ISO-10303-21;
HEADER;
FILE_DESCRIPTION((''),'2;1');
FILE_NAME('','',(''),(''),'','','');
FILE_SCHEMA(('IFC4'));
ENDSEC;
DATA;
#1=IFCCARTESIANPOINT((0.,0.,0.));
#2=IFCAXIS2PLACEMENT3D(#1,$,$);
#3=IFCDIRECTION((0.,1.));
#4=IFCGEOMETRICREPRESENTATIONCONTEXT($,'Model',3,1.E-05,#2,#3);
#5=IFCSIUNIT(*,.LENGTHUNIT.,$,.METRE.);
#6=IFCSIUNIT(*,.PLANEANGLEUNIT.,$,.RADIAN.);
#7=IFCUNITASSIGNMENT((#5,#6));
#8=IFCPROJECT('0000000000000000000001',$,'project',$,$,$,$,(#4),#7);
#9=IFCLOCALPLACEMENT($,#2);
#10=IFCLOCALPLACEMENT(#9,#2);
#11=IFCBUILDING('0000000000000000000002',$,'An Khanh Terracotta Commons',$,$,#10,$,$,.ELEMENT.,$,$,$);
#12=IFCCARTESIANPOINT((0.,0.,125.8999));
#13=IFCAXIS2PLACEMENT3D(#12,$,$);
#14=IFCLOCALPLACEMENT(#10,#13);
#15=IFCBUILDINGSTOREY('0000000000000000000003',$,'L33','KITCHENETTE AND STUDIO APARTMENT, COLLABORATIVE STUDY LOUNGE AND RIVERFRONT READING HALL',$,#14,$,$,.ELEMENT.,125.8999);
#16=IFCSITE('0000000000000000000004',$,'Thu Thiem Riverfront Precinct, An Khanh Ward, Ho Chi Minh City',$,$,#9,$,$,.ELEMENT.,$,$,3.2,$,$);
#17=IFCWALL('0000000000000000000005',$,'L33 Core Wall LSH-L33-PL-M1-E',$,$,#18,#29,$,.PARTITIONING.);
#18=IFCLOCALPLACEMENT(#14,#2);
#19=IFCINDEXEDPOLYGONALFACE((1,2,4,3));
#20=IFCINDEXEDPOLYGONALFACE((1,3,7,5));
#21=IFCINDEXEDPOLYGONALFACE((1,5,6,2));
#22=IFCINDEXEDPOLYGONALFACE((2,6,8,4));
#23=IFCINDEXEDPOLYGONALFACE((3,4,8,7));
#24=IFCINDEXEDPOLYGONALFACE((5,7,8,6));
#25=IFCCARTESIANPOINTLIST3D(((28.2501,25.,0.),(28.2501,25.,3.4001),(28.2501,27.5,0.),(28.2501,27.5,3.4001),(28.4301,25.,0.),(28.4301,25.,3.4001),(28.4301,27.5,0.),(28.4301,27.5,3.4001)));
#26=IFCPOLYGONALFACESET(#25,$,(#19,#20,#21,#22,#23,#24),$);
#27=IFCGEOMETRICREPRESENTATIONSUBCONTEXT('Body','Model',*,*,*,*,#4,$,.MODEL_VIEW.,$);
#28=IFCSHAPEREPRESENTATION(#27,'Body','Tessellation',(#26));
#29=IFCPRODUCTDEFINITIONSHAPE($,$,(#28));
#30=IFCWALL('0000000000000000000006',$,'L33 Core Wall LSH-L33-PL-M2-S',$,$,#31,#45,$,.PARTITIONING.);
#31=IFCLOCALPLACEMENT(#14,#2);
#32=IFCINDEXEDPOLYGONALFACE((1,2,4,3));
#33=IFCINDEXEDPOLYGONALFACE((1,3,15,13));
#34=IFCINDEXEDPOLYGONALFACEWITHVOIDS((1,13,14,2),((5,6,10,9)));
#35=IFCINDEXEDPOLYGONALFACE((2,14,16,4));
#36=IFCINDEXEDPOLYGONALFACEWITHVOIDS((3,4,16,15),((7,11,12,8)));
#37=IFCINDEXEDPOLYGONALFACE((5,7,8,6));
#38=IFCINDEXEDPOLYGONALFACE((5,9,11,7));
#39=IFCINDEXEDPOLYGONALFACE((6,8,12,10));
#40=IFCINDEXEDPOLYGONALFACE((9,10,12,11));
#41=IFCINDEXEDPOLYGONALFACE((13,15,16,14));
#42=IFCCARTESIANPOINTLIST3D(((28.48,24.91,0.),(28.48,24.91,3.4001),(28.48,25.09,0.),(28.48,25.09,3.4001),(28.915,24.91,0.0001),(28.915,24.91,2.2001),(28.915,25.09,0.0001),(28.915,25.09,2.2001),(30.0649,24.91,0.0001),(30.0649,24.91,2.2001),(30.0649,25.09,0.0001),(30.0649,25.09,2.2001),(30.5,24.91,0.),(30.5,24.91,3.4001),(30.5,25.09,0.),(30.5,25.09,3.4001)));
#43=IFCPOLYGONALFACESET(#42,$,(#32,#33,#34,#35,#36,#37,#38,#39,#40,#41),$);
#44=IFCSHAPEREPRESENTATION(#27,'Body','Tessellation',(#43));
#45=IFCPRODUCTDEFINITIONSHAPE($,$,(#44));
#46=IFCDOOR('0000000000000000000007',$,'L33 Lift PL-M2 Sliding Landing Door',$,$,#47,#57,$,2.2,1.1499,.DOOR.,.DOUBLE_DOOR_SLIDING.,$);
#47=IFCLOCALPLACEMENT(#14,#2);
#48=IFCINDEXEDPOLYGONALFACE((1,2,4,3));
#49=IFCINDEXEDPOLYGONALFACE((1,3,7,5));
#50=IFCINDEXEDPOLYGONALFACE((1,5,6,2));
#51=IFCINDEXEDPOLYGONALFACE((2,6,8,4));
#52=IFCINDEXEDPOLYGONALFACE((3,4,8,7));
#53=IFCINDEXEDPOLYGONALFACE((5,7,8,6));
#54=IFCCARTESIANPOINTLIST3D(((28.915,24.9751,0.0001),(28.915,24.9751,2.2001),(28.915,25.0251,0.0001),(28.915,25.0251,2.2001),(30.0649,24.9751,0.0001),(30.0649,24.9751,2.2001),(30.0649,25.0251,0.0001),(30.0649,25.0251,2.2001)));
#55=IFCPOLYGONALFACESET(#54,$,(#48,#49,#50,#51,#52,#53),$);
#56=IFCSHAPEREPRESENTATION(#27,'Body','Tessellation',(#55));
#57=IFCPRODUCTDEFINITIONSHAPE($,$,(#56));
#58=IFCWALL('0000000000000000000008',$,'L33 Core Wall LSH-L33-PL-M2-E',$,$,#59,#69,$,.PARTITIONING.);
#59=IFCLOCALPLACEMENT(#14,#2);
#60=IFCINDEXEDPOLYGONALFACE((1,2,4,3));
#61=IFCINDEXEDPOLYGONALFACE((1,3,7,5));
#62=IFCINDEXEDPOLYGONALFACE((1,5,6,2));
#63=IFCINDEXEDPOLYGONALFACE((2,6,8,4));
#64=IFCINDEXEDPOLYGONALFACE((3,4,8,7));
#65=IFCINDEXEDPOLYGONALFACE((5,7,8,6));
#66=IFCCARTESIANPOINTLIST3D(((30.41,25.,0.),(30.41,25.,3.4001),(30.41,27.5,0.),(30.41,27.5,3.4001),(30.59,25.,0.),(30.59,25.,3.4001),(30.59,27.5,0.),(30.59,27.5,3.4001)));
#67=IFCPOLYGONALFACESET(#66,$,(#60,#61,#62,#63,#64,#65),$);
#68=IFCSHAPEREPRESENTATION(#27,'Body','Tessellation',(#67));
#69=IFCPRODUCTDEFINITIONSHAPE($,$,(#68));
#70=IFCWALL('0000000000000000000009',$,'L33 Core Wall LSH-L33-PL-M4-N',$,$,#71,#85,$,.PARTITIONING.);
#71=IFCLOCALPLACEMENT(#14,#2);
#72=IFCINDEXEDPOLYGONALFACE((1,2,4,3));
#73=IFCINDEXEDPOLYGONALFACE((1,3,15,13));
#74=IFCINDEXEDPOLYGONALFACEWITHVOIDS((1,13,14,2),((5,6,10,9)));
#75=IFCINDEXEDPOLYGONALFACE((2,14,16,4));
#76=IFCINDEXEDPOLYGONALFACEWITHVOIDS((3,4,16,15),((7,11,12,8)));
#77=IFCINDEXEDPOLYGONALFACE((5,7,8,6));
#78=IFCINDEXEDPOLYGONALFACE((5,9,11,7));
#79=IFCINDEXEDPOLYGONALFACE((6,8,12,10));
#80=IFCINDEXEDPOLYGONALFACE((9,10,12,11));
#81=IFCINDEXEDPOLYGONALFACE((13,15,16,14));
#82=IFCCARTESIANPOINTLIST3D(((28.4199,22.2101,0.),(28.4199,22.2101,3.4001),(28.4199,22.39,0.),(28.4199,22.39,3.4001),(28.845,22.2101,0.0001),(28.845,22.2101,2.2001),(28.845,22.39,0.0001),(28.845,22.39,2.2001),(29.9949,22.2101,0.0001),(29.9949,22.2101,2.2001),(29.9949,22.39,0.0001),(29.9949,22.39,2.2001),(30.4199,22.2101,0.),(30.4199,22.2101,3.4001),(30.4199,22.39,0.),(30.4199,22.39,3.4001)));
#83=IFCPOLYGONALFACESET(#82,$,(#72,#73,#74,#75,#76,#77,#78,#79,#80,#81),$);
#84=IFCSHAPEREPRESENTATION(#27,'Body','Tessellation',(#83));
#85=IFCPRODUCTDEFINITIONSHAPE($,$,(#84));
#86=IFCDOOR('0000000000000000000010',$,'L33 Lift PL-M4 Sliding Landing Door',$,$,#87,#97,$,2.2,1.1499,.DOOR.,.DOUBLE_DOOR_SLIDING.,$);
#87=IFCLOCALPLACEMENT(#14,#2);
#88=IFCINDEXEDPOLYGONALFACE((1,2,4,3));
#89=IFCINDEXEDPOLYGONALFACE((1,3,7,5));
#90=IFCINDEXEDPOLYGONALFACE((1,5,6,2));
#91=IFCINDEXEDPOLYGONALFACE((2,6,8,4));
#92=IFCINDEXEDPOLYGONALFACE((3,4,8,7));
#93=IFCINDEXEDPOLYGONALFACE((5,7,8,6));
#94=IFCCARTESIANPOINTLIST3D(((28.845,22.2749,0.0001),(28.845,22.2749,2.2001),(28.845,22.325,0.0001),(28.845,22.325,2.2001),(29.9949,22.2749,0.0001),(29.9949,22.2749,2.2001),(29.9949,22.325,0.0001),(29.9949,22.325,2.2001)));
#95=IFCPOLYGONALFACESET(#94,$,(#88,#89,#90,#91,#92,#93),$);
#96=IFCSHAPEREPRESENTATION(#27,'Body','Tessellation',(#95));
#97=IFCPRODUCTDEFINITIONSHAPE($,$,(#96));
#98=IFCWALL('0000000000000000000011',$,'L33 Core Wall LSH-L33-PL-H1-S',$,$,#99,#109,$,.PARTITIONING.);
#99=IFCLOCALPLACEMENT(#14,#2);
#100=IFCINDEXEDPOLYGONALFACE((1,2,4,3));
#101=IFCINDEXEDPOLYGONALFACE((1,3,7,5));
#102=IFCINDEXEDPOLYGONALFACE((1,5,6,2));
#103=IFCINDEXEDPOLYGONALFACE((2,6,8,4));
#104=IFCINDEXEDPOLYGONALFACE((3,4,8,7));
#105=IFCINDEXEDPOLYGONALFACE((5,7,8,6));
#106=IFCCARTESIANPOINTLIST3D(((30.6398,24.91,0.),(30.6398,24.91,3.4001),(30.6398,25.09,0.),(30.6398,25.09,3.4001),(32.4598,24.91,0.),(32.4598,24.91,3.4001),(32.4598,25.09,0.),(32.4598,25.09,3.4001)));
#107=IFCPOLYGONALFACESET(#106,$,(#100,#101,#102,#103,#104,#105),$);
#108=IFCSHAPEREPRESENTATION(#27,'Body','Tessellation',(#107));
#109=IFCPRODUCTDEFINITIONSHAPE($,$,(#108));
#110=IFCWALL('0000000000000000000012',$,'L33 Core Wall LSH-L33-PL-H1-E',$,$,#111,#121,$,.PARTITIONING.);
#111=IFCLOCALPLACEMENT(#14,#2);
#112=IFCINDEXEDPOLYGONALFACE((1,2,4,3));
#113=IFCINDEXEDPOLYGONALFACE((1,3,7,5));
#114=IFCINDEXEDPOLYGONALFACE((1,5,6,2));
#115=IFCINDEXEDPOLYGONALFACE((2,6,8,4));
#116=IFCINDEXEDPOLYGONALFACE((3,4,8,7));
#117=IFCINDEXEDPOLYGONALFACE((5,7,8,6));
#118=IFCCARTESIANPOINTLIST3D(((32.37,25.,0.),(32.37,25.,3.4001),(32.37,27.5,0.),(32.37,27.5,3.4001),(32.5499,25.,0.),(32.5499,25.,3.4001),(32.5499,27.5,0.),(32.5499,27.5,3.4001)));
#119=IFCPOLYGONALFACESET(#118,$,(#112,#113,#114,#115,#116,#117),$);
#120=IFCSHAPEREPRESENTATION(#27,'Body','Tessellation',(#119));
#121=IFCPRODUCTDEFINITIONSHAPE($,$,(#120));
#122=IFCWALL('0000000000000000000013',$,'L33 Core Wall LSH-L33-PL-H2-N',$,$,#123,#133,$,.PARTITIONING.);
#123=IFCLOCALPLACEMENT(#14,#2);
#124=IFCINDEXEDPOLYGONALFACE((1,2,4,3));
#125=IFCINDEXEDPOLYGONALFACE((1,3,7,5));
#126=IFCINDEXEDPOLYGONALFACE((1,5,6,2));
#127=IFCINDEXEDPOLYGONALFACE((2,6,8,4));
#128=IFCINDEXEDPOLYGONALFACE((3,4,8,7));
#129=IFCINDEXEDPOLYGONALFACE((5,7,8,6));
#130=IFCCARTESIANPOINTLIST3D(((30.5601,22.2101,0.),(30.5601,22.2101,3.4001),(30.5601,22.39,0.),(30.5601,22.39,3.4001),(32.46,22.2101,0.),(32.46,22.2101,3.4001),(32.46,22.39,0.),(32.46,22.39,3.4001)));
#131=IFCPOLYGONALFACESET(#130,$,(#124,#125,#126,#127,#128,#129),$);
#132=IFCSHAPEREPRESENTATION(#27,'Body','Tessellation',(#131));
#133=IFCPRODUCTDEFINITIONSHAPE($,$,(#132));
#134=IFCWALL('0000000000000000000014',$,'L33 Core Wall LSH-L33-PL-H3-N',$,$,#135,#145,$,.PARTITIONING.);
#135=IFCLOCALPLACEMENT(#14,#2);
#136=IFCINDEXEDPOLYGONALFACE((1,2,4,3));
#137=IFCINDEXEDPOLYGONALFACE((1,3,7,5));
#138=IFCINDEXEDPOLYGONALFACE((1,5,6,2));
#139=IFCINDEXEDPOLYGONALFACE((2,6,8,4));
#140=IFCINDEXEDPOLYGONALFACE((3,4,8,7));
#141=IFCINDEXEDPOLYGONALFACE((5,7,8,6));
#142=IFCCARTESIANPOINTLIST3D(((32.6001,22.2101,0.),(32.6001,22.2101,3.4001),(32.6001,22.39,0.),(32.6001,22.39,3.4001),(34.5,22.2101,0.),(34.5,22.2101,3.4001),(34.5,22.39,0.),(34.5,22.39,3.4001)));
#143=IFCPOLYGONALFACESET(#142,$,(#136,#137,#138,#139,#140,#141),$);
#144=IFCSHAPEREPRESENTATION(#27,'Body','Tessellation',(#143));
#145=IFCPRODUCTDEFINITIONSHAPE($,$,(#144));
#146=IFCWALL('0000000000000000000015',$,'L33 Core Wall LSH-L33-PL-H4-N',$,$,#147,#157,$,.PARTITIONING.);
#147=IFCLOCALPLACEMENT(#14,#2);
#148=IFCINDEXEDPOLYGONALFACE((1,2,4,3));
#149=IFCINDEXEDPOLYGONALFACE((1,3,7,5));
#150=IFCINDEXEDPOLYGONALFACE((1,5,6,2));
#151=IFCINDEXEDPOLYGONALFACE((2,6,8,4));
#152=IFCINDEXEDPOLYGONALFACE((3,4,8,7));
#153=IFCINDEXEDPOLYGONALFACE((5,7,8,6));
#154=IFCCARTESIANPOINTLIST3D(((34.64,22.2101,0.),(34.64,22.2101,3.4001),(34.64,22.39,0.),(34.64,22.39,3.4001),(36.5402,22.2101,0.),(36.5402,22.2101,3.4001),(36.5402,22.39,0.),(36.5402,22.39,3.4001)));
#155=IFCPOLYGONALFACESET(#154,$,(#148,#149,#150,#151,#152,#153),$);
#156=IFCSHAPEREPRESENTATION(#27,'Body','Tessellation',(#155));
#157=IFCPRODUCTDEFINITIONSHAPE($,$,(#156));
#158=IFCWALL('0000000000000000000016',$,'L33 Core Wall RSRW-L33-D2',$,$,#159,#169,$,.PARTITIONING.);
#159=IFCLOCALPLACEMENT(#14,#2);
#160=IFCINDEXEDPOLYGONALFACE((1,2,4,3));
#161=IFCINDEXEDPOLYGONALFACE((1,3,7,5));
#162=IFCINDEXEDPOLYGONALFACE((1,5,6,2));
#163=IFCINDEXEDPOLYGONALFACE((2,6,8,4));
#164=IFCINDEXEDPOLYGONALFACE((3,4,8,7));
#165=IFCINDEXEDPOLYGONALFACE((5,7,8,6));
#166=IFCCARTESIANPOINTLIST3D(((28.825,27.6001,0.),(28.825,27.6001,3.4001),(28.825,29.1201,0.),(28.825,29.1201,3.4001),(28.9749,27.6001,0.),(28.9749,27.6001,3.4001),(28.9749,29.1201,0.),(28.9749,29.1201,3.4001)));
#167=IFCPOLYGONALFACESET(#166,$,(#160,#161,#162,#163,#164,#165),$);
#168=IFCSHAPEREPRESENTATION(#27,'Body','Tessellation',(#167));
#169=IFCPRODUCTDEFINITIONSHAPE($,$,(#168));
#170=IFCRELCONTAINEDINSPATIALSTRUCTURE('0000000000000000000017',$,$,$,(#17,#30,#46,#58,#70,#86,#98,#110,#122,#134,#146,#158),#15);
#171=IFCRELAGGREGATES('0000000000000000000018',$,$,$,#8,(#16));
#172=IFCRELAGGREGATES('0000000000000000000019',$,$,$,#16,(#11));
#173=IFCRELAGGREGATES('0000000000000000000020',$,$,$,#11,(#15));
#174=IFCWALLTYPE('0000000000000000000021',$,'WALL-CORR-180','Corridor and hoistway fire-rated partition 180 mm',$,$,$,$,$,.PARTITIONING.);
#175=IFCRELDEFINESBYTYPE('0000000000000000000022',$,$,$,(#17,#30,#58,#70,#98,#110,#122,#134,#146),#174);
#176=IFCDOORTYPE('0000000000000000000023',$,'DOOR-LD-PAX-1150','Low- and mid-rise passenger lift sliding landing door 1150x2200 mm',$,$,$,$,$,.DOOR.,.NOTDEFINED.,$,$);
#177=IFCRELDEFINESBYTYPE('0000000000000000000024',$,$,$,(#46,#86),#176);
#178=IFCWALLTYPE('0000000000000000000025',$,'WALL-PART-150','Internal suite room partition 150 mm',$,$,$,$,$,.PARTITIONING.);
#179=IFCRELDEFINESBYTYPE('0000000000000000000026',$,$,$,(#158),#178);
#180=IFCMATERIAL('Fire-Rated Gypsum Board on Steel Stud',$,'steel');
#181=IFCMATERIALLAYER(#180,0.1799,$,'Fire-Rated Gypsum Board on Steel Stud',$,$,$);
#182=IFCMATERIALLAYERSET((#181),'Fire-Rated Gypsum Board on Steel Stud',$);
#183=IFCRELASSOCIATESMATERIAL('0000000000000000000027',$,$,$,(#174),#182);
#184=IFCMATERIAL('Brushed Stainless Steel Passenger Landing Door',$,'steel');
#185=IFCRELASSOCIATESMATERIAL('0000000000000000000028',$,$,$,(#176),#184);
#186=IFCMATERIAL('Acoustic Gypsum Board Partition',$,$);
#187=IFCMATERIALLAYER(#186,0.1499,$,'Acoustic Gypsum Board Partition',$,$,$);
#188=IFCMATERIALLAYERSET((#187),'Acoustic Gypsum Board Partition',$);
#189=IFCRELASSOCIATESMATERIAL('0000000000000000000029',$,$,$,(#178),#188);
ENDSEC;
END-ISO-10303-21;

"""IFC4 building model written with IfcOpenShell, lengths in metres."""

from ifc_helpers import new_model, si_unit, direction, frame, frame_2d, origin, place, context, subcontext, project, spatial, rectangle, extrude, material, layer, layer_set, type_object, element, fill, save


model = new_model("IFC4")

# Units and contexts
model_context = context("Model", 3, precision=1e-05, world=origin(), true_north=direction((0.0, 1.0)))
body_context = subcontext(model_context, "Body", "Model", "MODEL_VIEW")
ifc_project = project(units=[si_unit("LENGTHUNIT", "METRE"), si_unit("PLANEANGLEUNIT", "RADIAN")], contexts=[model_context])

# Site, building, storey
site_placement = place(None, origin())
site = spatial("IfcSite", under=ifc_project, at=site_placement, Name="Thu Thiem Riverfront Precinct, An Khanh Ward, Ho Chi Minh City", CompositionType="ELEMENT", RefElevation=3.2)
building_placement = place(site_placement, origin())
building = spatial("IfcBuilding", under=site, at=building_placement, Name="An Khanh Terracotta Commons", CompositionType="ELEMENT")
storey_placement = place(building_placement, frame((0.0, 0.0, 125.8999)))
storey = spatial("IfcBuildingStorey", under=building, at=storey_placement, Name="L33", Description="KITCHENETTE AND STUDIO APARTMENT, COLLABORATIVE STUDY LOUNGE AND RIVERFRONT READING HALL", CompositionType="ELEMENT", Elevation=125.8999)

# Shared definitions
ifc_material_1 = material(Name="Fire-Rated Gypsum Board on Steel Stud", Category="steel")
ifc_layer_1 = layer(ifc_material_1, 0.1799, Name="Fire-Rated Gypsum Board on Steel Stud")
ifc_layer_set_1 = layer_set([ifc_layer_1], Name="Fire-Rated Gypsum Board on Steel Stud")
wall_type_1 = type_object("IfcWallType", Name="WALL-CORR-180", Description="Corridor and hoistway fire-rated partition 180 mm", PredefinedType="PARTITIONING", material=ifc_layer_set_1)

# Shared definitions
ifc_material_2 = material(Name="Brushed Stainless Steel Passenger Landing Door", Category="steel")
door_type = type_object("IfcDoorType", Name="DOOR-LD-PAX-1150", Description="Low- and mid-rise passenger lift sliding landing door 1150x2200 mm", OperationType="NOTDEFINED", PredefinedType="DOOR", material=ifc_material_2)

# Wall
wall_1_placement = place(storey_placement, frame((28.3401, 25.0, 0.0), z_axis=(0.0, 0.0, 1.0), x_axis=(0.0, 1.0, 0.0)))
element("IfcWall", 1, at=wall_1_placement, inside=storey, type_object=wall_type_1, Name="L33 Core Wall LSH-L33-PL-M1-E", PredefinedType="PARTITIONING", context=body_context, shape_type="SweptSolid", body=[
    extrude(rectangle(XDim=2.5, YDim=0.1799, at=frame_2d((1.25, 0.0))), origin(), (0.0, 0.0, 1.0), 3.4001),
])

# Wall, opening, door
wall_2_placement = place(storey_placement, frame((30.5, 25.0, 0.0), z_axis=(0.0, 0.0, 1.0), x_axis=(-1.0, 0.0, 0.0)))
wall_2 = element("IfcWall", 2, at=wall_2_placement, inside=storey, type_object=wall_type_1, Name="L33 Core Wall LSH-L33-PL-M2-S", PredefinedType="PARTITIONING", context=body_context, shape_type="SweptSolid", body=[
    extrude(rectangle(XDim=2.02, YDim=0.1799, at=frame_2d((1.01, 0.0))), origin(), (0.0, 0.0, 1.0), 3.4001),
])
opening_1_placement = place(wall_2_placement, frame((0.4351, 0.0, 0.0)))
opening_1 = element("IfcOpeningElement", 3, at=opening_1_placement, cuts=wall_2, PredefinedType="OPENING", context=body_context, shape_type="SweptSolid", body=[
    extrude(rectangle(XDim=1.1499, YDim=2.2, at=frame_2d((0.575, 1.1001))), frame((0.0, 0.0999, 0.0), z_axis=(0.0, -1.0, 0.0), x_axis=(1.0, 0.0, 0.0)), (0.0, 0.0, 1.0), 0.2),
])
door_1_placement = place(opening_1_placement, origin())
door_1 = element("IfcDoor", 4, at=door_1_placement, inside=storey, type_object=door_type, Name="L33 Lift PL-M2 Sliding Landing Door", OperationType="DOUBLE_DOOR_SLIDING", OverallHeight=2.2, OverallWidth=1.1499, PredefinedType="DOOR", context=body_context, shape_type="SweptSolid", body=[
    extrude(rectangle(XDim=1.1499, YDim=2.2, at=frame_2d((0.575, 1.1001))), frame((0.0, 0.0249, 0.0), z_axis=(0.0, -1.0, 0.0), x_axis=(1.0, 0.0, 0.0)), (0.0, 0.0, 1.0), 0.05),
])
fill(opening_1, door_1)

# Wall
wall_3_placement = place(storey_placement, frame((30.5, 25.0, 0.0), z_axis=(0.0, 0.0, 1.0), x_axis=(0.0, 1.0, 0.0)))
element("IfcWall", 5, at=wall_3_placement, inside=storey, type_object=wall_type_1, Name="L33 Core Wall LSH-L33-PL-M2-E", PredefinedType="PARTITIONING", context=body_context, shape_type="SweptSolid", body=[
    extrude(rectangle(XDim=2.5, YDim=0.1799, at=frame_2d((1.25, 0.0))), origin(), (0.0, 0.0, 1.0), 3.4001),
])

# Wall, opening, door
wall_4_placement = place(storey_placement, frame((28.4199, 22.3, 0.0), z_axis=(0.0, 0.0, 1.0), x_axis=(1.0, 0.0, 0.0)))
wall_4 = element("IfcWall", 6, at=wall_4_placement, inside=storey, type_object=wall_type_1, Name="L33 Core Wall LSH-L33-PL-M4-N", PredefinedType="PARTITIONING", context=body_context, shape_type="SweptSolid", body=[
    extrude(rectangle(XDim=2.0, YDim=0.1799, at=frame_2d((1.0, 0.0))), origin(), (0.0, 0.0, 1.0), 3.4001),
])
opening_2_placement = place(wall_4_placement, frame((0.425, 0.0, 0.0)))
opening_2 = element("IfcOpeningElement", 7, at=opening_2_placement, cuts=wall_4, PredefinedType="OPENING", context=body_context, shape_type="SweptSolid", body=[
    extrude(rectangle(XDim=1.1499, YDim=2.2, at=frame_2d((0.575, 1.1001))), frame((0.0, 0.0999, 0.0), z_axis=(0.0, -1.0, 0.0), x_axis=(1.0, 0.0, 0.0)), (0.0, 0.0, 1.0), 0.2),
])
door_2_placement = place(opening_2_placement, origin())
door_2 = element("IfcDoor", 8, at=door_2_placement, inside=storey, type_object=door_type, Name="L33 Lift PL-M4 Sliding Landing Door", OperationType="DOUBLE_DOOR_SLIDING", OverallHeight=2.2, OverallWidth=1.1499, PredefinedType="DOOR", context=body_context, shape_type="SweptSolid", body=[
    extrude(rectangle(XDim=1.1499, YDim=2.2, at=frame_2d((0.575, 1.1001))), frame((0.0, 0.0249, 0.0), z_axis=(0.0, -1.0, 0.0), x_axis=(1.0, 0.0, 0.0)), (0.0, 0.0, 1.0), 0.05),
])
fill(opening_2, door_2)

# Walls
wall_5_placement = place(storey_placement, frame((32.46, 25.0, 0.0), z_axis=(0.0, 0.0, 1.0), x_axis=(-1.0, 0.0, 0.0)))
element("IfcWall", 9, at=wall_5_placement, inside=storey, type_object=wall_type_1, Name="L33 Core Wall LSH-L33-PL-H1-S", PredefinedType="PARTITIONING", context=body_context, shape_type="SweptSolid", body=[
    extrude(rectangle(XDim=1.8201, YDim=0.1799, at=frame_2d((0.9102, 0.0))), origin(), (0.0, 0.0, 1.0), 3.4001),
])
wall_6_placement = place(storey_placement, frame((32.46, 25.0, 0.0), z_axis=(0.0, 0.0, 1.0), x_axis=(0.0, 1.0, 0.0)))
element("IfcWall", 10, at=wall_6_placement, inside=storey, type_object=wall_type_1, Name="L33 Core Wall LSH-L33-PL-H1-E", PredefinedType="PARTITIONING", context=body_context, shape_type="SweptSolid", body=[
    extrude(rectangle(XDim=2.5, YDim=0.1799, at=frame_2d((1.25, 0.0))), origin(), (0.0, 0.0, 1.0), 3.4001),
])
for number, where, z_axis, x_axis, name in (
    (11, (30.5601, 22.3, 0.0), (0.0, 0.0, 1.0), (1.0, 0.0, 0.0), "L33 Core Wall LSH-L33-PL-H2-N"),
    (12, (32.6001, 22.3, 0.0), (0.0, 0.0, 1.0), (1.0, 0.0, 0.0), "L33 Core Wall LSH-L33-PL-H3-N"),
):
    element("IfcWall", number, at=place(storey_placement, frame(where, z_axis=z_axis, x_axis=x_axis)), inside=storey, type_object=wall_type_1, Name=name, PredefinedType="PARTITIONING", context=body_context, shape_type="SweptSolid", body=[
        extrude(rectangle(XDim=1.8999, YDim=0.1799, at=frame_2d((0.95, 0.0))), origin(), (0.0, 0.0, 1.0), 3.4001),
    ])
wall_7_placement = place(storey_placement, frame((34.6399, 22.3, 0.0), z_axis=(0.0, 0.0, 1.0), x_axis=(1.0, 0.0, 0.0)))
element("IfcWall", 13, at=wall_7_placement, inside=storey, type_object=wall_type_1, Name="L33 Core Wall LSH-L33-PL-H4-N", PredefinedType="PARTITIONING", context=body_context, shape_type="SweptSolid", body=[
    extrude(rectangle(XDim=1.9001, YDim=0.1799, at=frame_2d((0.9502, 0.0))), origin(), (0.0, 0.0, 1.0), 3.4001),
])
ifc_material_3 = material(Name="Acoustic Gypsum Board Partition")
ifc_layer_2 = layer(ifc_material_3, 0.1499, Name="Acoustic Gypsum Board Partition")
ifc_layer_set_2 = layer_set([ifc_layer_2], Name="Acoustic Gypsum Board Partition")
wall_type_2 = type_object("IfcWallType", Name="WALL-PART-150", Description="Internal suite room partition 150 mm", PredefinedType="PARTITIONING", material=ifc_layer_set_2)
wall_8_placement = place(storey_placement, frame((28.8999, 27.6001, 0.0), z_axis=(0.0, 0.0, 1.0), x_axis=(0.0, 1.0, 0.0)))
element("IfcWall", 14, at=wall_8_placement, inside=storey, type_object=wall_type_2, Name="L33 Core Wall RSRW-L33-D2", PredefinedType="PARTITIONING", context=body_context, shape_type="SweptSolid", body=[
    extrude(rectangle(XDim=1.52, YDim=0.1499, at=frame_2d((0.76, 0.0))), origin(), (0.0, 0.0, 1.0), 3.4001),
])

save(model, "model.ifc")
